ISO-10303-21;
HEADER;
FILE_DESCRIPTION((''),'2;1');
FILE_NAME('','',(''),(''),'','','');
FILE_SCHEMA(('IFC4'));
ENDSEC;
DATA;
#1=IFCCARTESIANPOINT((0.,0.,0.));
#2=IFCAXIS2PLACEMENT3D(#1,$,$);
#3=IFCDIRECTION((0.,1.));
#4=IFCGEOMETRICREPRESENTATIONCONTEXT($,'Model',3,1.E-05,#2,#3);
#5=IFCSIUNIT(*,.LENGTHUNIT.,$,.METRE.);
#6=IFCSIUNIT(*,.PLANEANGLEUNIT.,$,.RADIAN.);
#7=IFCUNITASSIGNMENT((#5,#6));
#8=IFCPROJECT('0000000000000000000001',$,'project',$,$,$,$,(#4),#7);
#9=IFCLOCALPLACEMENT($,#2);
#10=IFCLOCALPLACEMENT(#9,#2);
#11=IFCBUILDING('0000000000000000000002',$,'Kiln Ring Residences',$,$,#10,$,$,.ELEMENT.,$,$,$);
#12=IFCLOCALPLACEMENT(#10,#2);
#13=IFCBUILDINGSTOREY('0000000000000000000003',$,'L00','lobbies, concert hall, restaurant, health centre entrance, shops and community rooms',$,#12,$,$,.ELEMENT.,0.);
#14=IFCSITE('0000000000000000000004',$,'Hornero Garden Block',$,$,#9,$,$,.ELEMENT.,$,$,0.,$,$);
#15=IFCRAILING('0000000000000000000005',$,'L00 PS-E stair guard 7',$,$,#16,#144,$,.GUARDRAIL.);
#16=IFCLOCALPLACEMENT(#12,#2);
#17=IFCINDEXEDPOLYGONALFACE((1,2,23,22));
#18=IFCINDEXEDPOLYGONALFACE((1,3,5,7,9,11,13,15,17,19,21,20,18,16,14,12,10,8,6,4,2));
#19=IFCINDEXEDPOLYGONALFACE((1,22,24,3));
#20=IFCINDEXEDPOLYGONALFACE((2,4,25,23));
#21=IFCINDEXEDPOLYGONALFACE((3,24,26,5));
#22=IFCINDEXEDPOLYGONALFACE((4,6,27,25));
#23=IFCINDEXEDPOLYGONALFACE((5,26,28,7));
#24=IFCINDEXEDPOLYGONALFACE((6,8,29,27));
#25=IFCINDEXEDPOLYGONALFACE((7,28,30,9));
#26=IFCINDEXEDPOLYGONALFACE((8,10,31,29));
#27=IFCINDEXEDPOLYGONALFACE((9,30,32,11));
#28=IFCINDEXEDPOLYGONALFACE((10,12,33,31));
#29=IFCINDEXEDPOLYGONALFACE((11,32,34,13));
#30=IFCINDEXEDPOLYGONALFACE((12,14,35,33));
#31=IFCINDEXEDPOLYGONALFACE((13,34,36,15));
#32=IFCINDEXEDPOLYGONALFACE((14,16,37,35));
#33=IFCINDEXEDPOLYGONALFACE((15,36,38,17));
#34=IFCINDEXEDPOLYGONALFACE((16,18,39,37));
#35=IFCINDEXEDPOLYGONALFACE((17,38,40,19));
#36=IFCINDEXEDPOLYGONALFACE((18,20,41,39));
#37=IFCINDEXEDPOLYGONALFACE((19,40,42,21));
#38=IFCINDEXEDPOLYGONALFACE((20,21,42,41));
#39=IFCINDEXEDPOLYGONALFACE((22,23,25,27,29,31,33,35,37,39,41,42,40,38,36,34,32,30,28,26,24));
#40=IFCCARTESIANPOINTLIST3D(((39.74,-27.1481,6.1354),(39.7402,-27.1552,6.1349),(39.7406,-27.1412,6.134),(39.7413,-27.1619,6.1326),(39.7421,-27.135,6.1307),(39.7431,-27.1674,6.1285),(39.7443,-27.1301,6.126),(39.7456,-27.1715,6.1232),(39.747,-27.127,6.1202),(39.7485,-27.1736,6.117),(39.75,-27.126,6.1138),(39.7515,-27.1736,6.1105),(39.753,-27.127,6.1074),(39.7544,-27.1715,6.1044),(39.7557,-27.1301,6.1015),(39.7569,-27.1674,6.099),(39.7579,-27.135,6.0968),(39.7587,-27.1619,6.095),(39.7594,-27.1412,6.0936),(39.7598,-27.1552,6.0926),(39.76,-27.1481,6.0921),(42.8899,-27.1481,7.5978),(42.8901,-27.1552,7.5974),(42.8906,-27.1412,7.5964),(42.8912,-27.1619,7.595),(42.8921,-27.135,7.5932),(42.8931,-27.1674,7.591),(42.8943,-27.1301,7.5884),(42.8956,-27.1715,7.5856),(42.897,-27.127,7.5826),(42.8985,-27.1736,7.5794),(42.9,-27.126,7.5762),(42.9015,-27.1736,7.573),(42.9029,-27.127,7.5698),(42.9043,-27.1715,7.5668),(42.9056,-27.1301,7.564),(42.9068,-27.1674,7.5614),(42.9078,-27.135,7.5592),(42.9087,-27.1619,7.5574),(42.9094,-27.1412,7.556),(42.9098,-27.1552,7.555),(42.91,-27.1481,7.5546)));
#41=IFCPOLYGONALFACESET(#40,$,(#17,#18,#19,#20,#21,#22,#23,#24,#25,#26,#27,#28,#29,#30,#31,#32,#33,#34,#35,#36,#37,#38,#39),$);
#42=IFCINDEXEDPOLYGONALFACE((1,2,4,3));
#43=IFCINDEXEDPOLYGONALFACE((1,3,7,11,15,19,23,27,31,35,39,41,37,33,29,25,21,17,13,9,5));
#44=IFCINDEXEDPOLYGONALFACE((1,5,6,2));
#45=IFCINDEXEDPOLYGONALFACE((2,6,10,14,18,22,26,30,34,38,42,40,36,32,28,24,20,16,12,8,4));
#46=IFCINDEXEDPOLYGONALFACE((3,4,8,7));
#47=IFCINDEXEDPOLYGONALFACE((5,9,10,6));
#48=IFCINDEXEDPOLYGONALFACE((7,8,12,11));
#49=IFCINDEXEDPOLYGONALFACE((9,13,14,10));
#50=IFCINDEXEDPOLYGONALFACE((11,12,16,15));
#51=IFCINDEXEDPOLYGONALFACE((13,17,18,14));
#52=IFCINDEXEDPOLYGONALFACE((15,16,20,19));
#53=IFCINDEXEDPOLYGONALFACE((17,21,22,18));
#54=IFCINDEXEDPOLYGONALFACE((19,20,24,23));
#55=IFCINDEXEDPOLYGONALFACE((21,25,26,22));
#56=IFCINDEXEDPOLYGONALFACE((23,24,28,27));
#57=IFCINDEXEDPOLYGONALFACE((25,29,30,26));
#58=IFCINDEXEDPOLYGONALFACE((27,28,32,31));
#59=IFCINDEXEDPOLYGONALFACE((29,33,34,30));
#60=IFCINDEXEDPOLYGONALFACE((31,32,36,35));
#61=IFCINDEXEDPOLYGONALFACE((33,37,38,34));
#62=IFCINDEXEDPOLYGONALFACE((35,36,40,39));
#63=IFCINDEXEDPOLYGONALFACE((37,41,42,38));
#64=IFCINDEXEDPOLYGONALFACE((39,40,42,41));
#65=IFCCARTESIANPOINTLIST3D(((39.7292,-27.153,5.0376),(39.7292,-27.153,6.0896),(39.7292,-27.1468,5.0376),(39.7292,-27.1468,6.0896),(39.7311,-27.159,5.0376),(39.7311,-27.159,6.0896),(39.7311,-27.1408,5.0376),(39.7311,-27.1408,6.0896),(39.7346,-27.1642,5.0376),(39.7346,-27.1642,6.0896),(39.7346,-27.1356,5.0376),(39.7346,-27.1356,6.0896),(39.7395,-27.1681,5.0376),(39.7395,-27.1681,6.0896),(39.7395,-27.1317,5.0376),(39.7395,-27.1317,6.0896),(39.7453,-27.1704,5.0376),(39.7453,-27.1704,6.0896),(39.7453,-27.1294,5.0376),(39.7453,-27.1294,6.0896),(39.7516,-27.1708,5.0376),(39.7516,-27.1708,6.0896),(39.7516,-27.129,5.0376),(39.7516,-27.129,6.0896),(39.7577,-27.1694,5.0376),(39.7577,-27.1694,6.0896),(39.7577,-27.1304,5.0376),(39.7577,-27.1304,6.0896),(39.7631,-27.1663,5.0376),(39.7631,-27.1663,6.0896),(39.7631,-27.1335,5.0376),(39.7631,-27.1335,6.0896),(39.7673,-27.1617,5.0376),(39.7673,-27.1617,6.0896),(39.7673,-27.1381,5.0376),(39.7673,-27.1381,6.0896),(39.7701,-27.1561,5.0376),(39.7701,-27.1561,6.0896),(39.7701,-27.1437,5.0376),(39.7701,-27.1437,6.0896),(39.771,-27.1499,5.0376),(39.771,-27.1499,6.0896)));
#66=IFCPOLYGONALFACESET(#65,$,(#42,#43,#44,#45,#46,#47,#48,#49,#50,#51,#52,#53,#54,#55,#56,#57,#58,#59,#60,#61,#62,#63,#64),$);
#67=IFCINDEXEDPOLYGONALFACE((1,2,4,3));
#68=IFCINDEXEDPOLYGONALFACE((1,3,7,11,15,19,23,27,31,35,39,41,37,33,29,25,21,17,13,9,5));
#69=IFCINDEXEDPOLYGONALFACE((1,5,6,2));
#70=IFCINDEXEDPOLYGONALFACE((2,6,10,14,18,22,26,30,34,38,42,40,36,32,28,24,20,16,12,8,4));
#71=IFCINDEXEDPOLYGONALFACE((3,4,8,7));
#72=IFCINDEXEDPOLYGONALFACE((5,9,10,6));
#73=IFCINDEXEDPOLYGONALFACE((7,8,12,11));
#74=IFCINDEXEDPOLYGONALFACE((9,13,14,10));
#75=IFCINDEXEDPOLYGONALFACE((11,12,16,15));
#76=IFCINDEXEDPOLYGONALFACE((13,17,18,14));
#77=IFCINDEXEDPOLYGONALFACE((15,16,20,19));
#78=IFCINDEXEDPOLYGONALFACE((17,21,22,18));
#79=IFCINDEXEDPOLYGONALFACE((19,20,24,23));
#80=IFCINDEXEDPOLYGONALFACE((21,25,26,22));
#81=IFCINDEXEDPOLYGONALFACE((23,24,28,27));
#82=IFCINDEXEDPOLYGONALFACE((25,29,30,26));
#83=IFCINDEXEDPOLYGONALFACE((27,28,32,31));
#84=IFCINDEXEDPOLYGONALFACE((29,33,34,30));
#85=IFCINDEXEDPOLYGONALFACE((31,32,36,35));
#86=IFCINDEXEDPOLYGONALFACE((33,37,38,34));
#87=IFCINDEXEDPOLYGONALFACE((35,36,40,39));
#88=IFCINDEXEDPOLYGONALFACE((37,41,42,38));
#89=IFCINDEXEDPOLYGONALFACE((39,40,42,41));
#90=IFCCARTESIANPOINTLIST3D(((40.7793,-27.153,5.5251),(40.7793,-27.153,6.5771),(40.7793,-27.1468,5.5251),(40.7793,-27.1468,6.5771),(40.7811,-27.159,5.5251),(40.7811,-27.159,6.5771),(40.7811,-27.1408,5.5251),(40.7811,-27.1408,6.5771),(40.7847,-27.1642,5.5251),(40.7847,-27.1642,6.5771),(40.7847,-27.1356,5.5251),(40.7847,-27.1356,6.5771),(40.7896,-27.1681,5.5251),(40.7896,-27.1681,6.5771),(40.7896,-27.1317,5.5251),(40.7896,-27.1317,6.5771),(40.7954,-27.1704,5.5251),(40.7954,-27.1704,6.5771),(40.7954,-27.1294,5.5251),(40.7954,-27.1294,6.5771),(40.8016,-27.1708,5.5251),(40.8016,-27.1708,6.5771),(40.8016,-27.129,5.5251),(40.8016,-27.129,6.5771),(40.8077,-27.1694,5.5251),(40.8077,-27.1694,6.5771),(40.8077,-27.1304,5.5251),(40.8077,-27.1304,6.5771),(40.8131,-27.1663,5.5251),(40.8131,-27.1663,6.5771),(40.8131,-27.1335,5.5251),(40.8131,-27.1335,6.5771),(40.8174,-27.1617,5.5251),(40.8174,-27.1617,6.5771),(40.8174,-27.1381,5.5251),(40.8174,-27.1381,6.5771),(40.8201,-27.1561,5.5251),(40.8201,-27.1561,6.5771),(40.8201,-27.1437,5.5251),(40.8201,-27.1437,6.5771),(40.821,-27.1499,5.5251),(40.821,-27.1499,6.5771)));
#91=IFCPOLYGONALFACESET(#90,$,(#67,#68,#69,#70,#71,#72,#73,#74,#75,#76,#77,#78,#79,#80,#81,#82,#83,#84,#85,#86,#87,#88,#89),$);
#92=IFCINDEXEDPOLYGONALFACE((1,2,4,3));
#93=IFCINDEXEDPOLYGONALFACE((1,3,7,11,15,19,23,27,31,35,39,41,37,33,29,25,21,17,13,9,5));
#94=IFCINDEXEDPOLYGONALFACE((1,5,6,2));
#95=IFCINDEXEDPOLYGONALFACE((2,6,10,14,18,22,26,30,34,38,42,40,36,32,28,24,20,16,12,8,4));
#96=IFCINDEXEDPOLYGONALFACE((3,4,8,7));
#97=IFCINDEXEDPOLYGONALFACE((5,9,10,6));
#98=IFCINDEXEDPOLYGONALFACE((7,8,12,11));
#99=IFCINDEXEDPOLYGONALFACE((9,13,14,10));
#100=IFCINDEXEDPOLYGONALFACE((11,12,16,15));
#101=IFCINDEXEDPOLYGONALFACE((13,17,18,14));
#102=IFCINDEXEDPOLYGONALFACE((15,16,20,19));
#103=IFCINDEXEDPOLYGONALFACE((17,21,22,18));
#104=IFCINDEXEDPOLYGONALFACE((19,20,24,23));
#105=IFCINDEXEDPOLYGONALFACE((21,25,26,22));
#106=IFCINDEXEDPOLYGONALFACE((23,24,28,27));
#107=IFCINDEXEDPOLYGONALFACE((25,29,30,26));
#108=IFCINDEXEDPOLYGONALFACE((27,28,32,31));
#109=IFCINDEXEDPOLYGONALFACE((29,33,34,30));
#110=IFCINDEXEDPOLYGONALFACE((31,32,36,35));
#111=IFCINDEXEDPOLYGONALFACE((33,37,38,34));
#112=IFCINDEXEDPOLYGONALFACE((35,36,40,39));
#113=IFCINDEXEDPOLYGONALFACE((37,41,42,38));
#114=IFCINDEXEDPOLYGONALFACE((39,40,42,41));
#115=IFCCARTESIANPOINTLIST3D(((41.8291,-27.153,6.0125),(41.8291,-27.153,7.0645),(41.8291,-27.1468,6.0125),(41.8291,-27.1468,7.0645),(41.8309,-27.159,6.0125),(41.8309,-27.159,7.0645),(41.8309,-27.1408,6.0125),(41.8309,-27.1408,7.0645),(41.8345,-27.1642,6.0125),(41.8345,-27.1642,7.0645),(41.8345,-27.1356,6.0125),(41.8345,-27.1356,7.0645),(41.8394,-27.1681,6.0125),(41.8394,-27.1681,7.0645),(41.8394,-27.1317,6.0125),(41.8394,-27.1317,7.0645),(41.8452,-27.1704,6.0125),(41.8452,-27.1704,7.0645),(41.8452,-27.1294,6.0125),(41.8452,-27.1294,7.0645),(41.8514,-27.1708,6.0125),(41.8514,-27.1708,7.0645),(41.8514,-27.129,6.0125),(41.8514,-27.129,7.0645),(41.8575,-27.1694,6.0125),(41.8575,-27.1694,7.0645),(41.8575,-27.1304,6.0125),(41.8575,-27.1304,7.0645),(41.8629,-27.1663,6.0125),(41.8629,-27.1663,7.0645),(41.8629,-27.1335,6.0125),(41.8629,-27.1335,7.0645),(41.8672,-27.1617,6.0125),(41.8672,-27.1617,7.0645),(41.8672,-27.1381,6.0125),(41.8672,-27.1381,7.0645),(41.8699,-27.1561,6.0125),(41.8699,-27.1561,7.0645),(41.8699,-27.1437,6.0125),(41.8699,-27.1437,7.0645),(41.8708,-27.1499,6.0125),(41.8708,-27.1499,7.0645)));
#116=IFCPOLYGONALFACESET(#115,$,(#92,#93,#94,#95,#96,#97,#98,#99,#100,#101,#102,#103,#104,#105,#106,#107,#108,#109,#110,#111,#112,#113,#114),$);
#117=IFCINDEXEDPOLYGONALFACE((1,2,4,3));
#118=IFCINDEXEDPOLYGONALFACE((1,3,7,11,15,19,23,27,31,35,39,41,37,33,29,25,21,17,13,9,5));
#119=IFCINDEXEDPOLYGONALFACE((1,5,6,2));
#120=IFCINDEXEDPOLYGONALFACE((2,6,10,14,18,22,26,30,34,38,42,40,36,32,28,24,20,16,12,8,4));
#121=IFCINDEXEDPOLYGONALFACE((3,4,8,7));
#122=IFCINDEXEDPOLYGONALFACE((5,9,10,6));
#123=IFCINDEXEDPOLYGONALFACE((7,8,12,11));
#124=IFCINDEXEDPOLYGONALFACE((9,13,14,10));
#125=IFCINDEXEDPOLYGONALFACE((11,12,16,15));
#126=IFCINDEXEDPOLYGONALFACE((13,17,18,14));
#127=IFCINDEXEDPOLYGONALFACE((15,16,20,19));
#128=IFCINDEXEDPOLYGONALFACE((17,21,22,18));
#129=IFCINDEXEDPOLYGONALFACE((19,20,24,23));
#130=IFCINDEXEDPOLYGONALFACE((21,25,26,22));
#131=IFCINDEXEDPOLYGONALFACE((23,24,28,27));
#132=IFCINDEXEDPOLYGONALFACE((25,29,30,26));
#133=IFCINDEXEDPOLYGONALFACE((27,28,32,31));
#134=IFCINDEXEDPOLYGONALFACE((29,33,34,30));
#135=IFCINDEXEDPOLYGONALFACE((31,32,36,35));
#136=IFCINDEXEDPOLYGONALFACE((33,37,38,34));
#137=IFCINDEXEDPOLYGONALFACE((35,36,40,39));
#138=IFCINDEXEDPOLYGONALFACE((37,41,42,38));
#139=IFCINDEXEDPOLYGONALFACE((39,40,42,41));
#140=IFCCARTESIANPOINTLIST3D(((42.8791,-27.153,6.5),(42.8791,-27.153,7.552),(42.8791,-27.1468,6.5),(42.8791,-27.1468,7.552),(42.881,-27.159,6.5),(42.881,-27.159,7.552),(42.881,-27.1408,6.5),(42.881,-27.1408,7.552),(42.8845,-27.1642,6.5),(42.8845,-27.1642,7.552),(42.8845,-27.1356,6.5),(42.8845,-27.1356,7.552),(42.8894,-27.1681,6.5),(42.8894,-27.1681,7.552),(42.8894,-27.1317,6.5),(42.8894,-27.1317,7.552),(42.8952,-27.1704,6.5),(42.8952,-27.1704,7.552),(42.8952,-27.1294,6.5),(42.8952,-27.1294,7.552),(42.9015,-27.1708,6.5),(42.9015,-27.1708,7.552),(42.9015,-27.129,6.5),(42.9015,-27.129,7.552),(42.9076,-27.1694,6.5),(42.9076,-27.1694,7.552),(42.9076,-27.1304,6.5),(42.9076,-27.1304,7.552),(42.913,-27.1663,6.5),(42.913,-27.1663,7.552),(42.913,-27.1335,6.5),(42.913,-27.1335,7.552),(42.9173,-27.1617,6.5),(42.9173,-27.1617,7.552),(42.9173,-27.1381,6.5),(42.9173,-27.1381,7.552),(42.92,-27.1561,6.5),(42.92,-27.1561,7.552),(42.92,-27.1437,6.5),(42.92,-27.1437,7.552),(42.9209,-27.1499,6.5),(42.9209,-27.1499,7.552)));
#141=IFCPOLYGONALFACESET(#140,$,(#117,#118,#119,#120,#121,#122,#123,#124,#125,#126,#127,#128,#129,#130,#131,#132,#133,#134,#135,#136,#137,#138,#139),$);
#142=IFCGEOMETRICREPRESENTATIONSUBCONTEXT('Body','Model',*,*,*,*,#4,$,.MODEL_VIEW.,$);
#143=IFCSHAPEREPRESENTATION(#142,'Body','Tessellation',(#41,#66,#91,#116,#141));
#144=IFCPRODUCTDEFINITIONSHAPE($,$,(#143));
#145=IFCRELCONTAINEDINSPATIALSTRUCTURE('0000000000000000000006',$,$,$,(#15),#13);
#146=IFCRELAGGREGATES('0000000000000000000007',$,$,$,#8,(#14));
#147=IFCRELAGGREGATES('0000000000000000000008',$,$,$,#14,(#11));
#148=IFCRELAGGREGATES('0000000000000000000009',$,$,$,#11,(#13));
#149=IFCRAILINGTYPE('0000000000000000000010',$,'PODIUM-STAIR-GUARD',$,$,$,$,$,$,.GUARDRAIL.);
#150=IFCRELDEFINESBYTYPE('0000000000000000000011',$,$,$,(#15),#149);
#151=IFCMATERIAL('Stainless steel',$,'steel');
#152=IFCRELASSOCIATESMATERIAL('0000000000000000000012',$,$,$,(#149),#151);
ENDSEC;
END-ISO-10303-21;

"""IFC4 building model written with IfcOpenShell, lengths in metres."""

from ifc_helpers import new_model, si_unit, direction, frame, origin, origin_2d, place, context, subcontext, project, spatial, circle, extrude, material, type_object, element, save


model = new_model("IFC4")

# Units and contexts
model_context = context("Model", 3, precision=1e-05, world=origin(), true_north=direction((0.0, 1.0)))
body_context = subcontext(model_context, "Body", "Model", "MODEL_VIEW")
ifc_project = project(units=[si_unit("LENGTHUNIT", "METRE"), si_unit("PLANEANGLEUNIT", "RADIAN")], contexts=[model_context])

# Site, building, storey
site_placement = place(None, origin())
site = spatial("IfcSite", under=ifc_project, at=site_placement, Name="Hornero Garden Block", CompositionType="ELEMENT", RefElevation=0.0)
building_placement = place(site_placement, origin())
building = spatial("IfcBuilding", under=site, at=building_placement, Name="Kiln Ring Residences", CompositionType="ELEMENT")
storey_placement = place(building_placement, origin())
storey = spatial("IfcBuildingStorey", under=building, at=storey_placement, Name="L00", Description="lobbies, concert hall, restaurant, health centre entrance, shops and community rooms", CompositionType="ELEMENT", Elevation=0.0)

# Railing
ifc_material_1 = material(Name="Stainless steel", Category="steel")
railing_type_1 = type_object("IfcRailingType", Name="PODIUM-STAIR-GUARD", PredefinedType="GUARDRAIL", material=ifc_material_1)
railing_1_placement = place(storey_placement, frame((39.75, -27.1499, 5.0376)))
element("IfcRailing", 1, at=railing_1_placement, inside=storey, type_object=railing_type_1, Name="L00 PS-E stair guard 7", PredefinedType="GUARDRAIL", context=body_context, shape_type="SweptSolid", body=[
    extrude(circle(Radius=0.0239, at=origin_2d()), frame((0.0, 0.0, 1.0762), z_axis=(0.907015, 0.0, 0.421099), x_axis=(0.0, 1.0, 0.0)), (0.0, 0.0, 1.0), 3.4729),
    extrude(circle(Radius=0.021, at=origin_2d()), origin(), (0.0, 0.0, 1.0), 1.052),
    extrude(circle(Radius=0.021, at=origin_2d()), frame((1.05, 0.0, 0.4875)), (0.0, 0.0, 1.0), 1.052),
    extrude(circle(Radius=0.021, at=origin_2d()), frame((2.0999, 0.0, 0.9749)), (0.0, 0.0, 1.0), 1.052),
    extrude(circle(Radius=0.021, at=origin_2d()), frame((3.1499, 0.0, 1.4624)), (0.0, 0.0, 1.0), 1.052),
])

save(model, "model.ifc")
